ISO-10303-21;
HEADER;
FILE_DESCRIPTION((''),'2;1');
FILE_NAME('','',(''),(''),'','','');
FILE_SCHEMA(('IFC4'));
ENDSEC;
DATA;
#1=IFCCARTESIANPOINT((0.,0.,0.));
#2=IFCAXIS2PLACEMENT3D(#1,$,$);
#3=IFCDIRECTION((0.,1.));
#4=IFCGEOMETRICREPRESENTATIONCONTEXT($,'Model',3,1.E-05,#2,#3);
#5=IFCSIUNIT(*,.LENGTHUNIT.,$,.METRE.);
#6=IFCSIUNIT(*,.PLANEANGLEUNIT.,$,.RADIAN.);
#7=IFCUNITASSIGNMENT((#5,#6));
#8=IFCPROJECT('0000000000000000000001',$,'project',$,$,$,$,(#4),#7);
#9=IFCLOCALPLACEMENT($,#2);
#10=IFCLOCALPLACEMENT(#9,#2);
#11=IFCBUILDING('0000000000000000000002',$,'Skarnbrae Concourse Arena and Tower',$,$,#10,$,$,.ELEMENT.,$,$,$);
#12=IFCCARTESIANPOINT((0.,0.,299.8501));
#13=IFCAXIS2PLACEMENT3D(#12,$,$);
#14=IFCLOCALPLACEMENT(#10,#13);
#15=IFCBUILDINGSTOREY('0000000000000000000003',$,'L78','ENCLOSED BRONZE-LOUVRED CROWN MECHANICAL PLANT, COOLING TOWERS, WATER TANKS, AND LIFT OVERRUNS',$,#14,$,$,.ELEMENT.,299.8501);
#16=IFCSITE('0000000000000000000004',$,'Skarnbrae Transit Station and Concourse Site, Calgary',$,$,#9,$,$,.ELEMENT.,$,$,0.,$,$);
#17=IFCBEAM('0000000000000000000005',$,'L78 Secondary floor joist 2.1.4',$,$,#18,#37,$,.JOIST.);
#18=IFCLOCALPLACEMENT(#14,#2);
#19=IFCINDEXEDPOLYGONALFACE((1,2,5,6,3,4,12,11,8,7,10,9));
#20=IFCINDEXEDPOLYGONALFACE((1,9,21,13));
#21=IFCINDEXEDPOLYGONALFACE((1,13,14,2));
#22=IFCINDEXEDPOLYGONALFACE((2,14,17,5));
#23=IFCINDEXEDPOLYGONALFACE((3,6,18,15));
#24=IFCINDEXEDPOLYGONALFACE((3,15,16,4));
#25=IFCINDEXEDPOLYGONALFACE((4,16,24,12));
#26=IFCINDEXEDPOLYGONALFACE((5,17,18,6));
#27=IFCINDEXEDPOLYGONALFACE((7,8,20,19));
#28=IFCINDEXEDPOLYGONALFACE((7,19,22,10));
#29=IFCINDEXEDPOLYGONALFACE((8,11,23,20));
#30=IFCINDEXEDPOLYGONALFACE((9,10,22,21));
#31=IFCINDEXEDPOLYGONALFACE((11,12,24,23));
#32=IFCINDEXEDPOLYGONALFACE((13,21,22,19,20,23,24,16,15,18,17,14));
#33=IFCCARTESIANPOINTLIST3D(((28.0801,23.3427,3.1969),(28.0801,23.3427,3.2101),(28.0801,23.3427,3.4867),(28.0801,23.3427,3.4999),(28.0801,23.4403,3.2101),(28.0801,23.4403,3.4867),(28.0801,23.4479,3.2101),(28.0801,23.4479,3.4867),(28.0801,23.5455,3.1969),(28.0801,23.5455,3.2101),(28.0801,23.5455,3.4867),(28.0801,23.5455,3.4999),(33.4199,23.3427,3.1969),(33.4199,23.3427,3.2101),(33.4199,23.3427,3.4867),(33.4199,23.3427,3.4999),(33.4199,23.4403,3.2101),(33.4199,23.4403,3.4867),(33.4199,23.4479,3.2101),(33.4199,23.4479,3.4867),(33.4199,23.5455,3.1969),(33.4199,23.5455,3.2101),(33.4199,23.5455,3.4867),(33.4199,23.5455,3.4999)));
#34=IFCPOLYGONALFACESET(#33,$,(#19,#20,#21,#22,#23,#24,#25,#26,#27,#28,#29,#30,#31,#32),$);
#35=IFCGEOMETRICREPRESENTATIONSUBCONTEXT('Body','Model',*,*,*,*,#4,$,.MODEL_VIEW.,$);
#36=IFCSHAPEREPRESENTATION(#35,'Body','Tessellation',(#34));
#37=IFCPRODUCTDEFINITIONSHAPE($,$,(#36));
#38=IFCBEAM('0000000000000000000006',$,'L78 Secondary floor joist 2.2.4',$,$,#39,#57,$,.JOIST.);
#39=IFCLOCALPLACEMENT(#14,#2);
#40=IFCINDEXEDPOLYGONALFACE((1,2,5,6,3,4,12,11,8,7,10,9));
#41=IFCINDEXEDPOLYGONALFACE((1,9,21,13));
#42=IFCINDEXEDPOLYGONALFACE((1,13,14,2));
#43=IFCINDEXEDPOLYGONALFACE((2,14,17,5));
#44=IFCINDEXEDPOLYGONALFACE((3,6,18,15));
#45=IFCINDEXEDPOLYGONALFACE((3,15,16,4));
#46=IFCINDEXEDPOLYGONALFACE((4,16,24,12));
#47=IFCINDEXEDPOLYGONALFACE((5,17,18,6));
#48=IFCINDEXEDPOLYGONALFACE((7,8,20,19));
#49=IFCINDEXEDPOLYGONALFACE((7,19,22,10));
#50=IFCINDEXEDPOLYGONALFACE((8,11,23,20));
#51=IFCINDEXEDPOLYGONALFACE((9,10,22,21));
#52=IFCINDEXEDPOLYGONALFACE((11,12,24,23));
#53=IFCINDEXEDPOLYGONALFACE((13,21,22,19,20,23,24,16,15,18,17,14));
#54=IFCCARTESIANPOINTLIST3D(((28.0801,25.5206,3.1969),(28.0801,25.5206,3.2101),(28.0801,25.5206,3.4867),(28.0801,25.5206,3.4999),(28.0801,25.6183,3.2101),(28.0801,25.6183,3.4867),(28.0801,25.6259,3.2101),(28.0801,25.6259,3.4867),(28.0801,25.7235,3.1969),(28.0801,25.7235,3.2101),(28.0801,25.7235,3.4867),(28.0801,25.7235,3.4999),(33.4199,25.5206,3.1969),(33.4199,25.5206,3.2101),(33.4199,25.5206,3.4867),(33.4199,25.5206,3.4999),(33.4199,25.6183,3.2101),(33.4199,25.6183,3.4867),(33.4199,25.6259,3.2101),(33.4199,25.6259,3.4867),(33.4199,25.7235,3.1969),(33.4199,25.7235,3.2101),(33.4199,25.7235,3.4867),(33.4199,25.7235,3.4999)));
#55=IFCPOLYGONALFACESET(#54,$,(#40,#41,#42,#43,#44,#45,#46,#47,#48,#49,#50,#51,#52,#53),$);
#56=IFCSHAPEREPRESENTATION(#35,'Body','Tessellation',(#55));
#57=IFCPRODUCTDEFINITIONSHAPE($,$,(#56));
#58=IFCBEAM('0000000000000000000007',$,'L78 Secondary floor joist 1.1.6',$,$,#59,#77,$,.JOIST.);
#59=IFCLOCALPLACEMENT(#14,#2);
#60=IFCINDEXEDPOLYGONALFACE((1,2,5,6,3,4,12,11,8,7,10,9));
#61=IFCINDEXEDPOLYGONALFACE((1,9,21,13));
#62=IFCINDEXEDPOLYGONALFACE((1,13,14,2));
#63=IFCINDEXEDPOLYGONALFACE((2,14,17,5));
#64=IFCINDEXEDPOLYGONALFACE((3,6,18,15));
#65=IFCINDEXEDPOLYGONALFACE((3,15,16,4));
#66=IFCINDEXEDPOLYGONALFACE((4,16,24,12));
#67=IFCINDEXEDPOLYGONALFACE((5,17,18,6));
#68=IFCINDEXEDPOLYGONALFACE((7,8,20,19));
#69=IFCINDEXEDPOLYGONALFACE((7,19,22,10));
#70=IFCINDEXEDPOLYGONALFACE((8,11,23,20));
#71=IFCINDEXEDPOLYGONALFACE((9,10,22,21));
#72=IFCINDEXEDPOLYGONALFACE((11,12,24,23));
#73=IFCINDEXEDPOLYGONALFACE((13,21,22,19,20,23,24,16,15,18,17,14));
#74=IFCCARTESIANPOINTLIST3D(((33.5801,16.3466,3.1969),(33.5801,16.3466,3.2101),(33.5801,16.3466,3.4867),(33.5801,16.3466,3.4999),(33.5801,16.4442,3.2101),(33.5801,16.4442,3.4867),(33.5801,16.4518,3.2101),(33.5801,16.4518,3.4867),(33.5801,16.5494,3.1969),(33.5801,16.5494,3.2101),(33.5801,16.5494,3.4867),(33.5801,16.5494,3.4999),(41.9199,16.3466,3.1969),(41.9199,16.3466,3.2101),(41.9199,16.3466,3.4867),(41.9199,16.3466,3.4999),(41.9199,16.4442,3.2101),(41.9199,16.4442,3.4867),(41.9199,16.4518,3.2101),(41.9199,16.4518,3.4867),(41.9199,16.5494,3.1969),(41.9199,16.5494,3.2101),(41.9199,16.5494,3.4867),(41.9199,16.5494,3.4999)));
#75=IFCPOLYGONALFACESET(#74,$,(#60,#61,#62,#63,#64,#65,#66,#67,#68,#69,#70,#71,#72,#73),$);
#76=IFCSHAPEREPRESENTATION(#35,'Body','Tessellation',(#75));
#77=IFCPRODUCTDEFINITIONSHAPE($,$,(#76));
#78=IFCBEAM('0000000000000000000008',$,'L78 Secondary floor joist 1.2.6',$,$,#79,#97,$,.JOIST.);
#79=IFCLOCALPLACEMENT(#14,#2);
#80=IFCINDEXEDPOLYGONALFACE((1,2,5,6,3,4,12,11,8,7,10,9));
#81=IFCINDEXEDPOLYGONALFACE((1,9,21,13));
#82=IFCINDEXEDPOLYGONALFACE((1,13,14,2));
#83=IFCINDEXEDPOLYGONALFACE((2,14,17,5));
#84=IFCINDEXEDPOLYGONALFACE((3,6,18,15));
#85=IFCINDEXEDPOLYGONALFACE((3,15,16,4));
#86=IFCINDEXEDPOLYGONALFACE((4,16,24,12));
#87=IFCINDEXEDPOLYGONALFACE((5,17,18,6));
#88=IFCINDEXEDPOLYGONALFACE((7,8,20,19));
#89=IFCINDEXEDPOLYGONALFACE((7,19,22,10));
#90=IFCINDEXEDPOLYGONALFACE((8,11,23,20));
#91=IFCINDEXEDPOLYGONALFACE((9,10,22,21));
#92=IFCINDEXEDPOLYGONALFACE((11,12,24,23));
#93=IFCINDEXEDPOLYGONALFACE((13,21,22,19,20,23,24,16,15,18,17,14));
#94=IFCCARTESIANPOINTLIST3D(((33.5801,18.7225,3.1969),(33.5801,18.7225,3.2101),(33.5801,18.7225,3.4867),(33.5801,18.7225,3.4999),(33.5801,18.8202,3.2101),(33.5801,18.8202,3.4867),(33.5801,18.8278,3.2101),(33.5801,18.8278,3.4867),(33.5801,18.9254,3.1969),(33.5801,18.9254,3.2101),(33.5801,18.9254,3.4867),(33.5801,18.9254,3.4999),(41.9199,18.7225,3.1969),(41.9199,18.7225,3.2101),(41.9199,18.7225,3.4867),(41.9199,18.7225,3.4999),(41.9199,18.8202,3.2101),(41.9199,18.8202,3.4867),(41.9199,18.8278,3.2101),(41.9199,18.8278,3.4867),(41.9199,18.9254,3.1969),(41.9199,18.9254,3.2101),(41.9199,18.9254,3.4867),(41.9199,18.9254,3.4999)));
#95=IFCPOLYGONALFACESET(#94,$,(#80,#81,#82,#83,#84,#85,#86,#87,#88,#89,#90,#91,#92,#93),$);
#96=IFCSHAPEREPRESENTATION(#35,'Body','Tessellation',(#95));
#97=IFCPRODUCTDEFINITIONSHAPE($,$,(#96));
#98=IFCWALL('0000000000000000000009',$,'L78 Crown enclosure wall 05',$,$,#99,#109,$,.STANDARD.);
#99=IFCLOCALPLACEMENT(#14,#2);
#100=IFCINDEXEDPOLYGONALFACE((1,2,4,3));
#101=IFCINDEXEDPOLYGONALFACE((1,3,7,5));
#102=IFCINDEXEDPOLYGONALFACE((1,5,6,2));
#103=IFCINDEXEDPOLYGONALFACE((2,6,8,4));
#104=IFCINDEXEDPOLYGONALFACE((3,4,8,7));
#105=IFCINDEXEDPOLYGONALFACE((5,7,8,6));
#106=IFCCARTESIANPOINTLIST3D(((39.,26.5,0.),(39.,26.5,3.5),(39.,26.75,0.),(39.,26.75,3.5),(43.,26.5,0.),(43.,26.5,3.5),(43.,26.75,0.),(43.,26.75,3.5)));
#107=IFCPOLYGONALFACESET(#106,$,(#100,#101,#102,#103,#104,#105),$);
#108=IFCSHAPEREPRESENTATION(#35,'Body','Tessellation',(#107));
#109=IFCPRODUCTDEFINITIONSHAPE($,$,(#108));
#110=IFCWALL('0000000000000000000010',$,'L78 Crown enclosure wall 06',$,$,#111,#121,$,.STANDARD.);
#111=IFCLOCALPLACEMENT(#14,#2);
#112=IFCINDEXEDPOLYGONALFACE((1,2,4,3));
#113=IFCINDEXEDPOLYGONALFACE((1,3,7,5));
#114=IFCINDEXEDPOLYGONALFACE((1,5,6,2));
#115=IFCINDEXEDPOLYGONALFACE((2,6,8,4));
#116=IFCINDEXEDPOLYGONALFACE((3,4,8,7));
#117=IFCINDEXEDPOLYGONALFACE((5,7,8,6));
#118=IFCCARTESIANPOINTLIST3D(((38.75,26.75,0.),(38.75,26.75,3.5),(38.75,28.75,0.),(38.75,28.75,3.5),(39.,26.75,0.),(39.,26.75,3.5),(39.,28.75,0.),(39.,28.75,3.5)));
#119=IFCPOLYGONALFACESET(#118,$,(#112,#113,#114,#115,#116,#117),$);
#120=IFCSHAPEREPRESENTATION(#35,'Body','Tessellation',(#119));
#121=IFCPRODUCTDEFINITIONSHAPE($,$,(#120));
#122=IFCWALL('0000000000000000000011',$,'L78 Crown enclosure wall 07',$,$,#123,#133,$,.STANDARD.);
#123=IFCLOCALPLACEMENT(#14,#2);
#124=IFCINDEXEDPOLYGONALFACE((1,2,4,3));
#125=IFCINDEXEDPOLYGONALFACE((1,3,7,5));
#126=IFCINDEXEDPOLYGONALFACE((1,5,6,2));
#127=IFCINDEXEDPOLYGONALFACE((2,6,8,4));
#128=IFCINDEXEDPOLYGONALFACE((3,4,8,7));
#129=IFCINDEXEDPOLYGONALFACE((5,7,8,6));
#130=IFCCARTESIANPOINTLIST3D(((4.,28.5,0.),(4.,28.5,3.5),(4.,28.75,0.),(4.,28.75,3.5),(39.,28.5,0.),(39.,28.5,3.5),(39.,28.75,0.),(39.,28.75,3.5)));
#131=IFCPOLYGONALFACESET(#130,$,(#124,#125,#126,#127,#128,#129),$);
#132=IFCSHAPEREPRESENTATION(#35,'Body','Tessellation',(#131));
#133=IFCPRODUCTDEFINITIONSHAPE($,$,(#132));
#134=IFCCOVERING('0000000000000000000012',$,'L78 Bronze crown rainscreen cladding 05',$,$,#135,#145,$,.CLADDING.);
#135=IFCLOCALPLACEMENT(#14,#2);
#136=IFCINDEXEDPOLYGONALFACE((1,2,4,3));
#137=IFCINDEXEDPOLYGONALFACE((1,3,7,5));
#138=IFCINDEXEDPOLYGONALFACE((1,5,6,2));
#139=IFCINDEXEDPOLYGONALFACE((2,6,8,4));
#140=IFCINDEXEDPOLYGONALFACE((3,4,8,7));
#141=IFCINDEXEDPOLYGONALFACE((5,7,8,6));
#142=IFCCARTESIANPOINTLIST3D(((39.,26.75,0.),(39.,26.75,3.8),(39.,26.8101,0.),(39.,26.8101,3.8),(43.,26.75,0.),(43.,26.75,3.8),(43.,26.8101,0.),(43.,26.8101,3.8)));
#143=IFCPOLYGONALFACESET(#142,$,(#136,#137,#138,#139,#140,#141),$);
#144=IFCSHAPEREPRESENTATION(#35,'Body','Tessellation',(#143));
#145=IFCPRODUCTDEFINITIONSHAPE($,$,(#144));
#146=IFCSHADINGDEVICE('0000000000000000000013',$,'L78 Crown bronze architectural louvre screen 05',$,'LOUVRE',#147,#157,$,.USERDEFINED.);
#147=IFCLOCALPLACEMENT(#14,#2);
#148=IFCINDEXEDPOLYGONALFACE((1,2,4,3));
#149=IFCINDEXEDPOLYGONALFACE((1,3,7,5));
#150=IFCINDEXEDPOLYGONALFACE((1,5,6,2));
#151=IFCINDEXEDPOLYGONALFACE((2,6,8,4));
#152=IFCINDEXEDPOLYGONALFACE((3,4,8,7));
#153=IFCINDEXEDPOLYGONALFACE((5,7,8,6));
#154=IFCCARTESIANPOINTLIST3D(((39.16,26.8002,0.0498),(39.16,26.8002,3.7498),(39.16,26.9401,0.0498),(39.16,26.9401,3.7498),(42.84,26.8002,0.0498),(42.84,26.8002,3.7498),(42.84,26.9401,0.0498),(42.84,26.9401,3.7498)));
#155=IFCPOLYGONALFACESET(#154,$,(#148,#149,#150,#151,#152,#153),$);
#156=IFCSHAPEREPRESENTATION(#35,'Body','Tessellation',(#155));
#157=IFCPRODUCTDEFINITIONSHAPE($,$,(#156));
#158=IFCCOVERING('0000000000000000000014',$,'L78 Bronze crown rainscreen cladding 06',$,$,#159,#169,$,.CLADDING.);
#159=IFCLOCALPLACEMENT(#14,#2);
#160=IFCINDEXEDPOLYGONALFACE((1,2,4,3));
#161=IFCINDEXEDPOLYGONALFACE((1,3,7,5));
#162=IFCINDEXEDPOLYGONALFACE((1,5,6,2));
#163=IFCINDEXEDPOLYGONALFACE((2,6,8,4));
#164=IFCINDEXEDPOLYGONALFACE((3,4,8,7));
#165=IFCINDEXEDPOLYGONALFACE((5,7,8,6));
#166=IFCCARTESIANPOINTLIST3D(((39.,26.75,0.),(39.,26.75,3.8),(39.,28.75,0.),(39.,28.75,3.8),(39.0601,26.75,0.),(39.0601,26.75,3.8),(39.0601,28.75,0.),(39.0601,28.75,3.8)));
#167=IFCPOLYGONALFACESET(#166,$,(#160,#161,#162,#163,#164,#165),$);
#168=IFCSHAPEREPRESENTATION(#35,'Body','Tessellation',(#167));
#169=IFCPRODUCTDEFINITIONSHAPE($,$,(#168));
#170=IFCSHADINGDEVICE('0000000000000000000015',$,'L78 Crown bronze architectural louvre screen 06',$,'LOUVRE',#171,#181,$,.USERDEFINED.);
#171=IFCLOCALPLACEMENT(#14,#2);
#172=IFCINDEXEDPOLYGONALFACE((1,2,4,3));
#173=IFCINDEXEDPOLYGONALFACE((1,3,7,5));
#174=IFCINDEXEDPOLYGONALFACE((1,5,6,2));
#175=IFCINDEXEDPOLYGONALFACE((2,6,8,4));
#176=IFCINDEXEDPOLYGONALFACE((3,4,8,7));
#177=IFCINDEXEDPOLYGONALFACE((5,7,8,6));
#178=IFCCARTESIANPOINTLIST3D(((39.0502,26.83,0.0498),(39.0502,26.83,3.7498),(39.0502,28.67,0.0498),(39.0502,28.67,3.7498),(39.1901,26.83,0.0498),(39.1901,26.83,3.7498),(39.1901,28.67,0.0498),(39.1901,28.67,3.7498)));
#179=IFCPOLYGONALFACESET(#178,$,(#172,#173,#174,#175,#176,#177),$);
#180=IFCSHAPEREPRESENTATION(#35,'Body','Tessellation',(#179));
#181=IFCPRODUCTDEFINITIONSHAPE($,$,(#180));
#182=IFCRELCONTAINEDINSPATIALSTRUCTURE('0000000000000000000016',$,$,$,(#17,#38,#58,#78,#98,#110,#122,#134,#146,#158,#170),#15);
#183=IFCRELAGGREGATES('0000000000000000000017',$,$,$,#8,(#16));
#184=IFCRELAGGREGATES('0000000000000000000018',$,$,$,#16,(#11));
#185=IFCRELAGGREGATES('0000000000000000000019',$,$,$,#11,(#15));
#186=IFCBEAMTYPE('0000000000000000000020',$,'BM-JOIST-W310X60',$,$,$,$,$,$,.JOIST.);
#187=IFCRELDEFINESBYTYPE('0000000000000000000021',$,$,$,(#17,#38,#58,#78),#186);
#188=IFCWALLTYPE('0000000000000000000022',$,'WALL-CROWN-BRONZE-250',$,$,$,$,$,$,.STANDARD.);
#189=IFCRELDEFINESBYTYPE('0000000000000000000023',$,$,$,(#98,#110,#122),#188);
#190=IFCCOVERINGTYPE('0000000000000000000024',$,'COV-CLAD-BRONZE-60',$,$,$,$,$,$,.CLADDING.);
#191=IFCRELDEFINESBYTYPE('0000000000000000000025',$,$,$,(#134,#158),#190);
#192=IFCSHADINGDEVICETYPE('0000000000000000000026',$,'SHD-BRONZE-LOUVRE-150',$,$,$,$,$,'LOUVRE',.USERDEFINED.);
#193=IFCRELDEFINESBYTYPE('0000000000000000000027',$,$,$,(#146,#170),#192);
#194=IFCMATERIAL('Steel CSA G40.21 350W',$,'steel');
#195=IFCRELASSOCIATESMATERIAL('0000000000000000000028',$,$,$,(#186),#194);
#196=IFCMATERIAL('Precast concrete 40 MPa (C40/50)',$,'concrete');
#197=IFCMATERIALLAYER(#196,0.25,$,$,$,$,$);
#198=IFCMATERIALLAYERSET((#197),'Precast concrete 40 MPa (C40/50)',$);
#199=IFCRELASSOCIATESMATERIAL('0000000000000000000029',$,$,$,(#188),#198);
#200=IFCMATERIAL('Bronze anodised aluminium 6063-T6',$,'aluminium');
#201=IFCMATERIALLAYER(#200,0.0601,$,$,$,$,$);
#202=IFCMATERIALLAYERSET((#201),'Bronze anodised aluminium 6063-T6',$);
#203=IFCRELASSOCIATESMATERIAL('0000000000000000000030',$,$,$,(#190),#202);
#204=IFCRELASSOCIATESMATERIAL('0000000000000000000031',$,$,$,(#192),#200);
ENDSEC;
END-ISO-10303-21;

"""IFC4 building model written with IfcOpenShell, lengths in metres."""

from ifc_helpers import new_model, si_unit, direction, frame, frame_2d, origin, origin_2d, place, context, subcontext, project, spatial, rectangle, i_section, extrude, source, transform, mapped, material, layer, layer_set, material_profile, profile_set, type_object, element, save


model = new_model("IFC4")

# Units and contexts
model_context = context("Model", 3, precision=1e-05, world=origin(), true_north=direction((0.0, 1.0)))
body_context = subcontext(model_context, "Body", "Model", "MODEL_VIEW")
ifc_project = project(units=[si_unit("LENGTHUNIT", "METRE"), si_unit("PLANEANGLEUNIT", "RADIAN")], contexts=[model_context])

# Site, building, storey
site_placement = place(None, origin())
site = spatial("IfcSite", under=ifc_project, at=site_placement, Name="Skarnbrae Transit Station and Concourse Site, Calgary", CompositionType="ELEMENT", RefElevation=0.0)
building_placement = place(site_placement, origin())
building = spatial("IfcBuilding", under=site, at=building_placement, Name="Skarnbrae Concourse Arena and Tower", CompositionType="ELEMENT")
storey_placement = place(building_placement, frame((0.0, 0.0, 299.8501)))
storey = spatial("IfcBuildingStorey", under=building, at=storey_placement, Name="L78", Description="ENCLOSED BRONZE-LOUVRED CROWN MECHANICAL PLANT, COOLING TOWERS, WATER TANKS, AND LIFT OVERRUNS", CompositionType="ELEMENT", Elevation=299.8501)

# Shared definitions
ifc_material_1 = material(Name="Steel CSA G40.21 350W", Category="steel")

# Beams
ifc_material_profile_1 = material_profile(ifc_material_1, i_section(OverallWidth=0.2029, OverallDepth=0.303, WebThickness=0.0076, FlangeThickness=0.0132, at=origin_2d()), Name="W310X60")
ifc_profile_set_1 = profile_set([ifc_material_profile_1], Name="Steel CSA G40.21 350W")
beam_type_1 = type_object("IfcBeamType", Name="BM-JOIST-W310X60", PredefinedType="JOIST", material=ifc_profile_set_1)
shared_shape_1 = source(origin(), body_context, "Body", "SweptSolid", [
    extrude(i_section(OverallWidth=0.2029, OverallDepth=0.303, WebThickness=0.0076, FlangeThickness=0.0132, at=origin_2d()), origin(), (0.0, 0.0, 1.0), 5.3398),
])
for number, where, z_axis, x_axis, name in (
    (1, (28.0801, 23.4441, 3.3484), (1.0, 0.0, 0.0), (0.0, 1.0, 0.0), "L78 Secondary floor joist 2.1.4"),
    (2, (28.0801, 25.6221, 3.3484), (1.0, 0.0, 0.0), (0.0, 1.0, 0.0), "L78 Secondary floor joist 2.2.4"),
):
    element("IfcBeam", number, at=place(storey_placement, frame(where, z_axis=z_axis, x_axis=x_axis)), inside=storey, type_object=beam_type_1, Name=name, PredefinedType="JOIST", context=body_context, shape_type="MappedRepresentation", body=[
        mapped(shared_shape_1, transform((0.0, 0.0, 0.0))),
    ])
shared_shape_2 = source(origin(), body_context, "Body", "SweptSolid", [
    extrude(i_section(OverallWidth=0.2029, OverallDepth=0.303, WebThickness=0.0076, FlangeThickness=0.0132, at=origin_2d()), origin(), (0.0, 0.0, 1.0), 8.3398),
])
for number, where, z_axis, x_axis, name in (
    (3, (33.5801, 16.448, 3.3484), (1.0, 0.0, 0.0), (0.0, 1.0, 0.0), "L78 Secondary floor joist 1.1.6"),
    (4, (33.5801, 18.824, 3.3484), (1.0, 0.0, 0.0), (0.0, 1.0, 0.0), "L78 Secondary floor joist 1.2.6"),
):
    element("IfcBeam", number, at=place(storey_placement, frame(where, z_axis=z_axis, x_axis=x_axis)), inside=storey, type_object=beam_type_1, Name=name, PredefinedType="JOIST", context=body_context, shape_type="MappedRepresentation", body=[
        mapped(shared_shape_2, transform((0.0, 0.0, 0.0))),
    ])

# Walls
ifc_material_2 = material(Name="Precast concrete 40 MPa (C40/50)", Category="concrete")
ifc_layer_1 = layer(ifc_material_2, 0.25)
ifc_layer_set_1 = layer_set([ifc_layer_1], Name="Precast concrete 40 MPa (C40/50)")
wall_type = type_object("IfcWallType", Name="WALL-CROWN-BRONZE-250", PredefinedType="STANDARD", material=ifc_layer_set_1)
shared_shape_3 = source(origin(), body_context, "Body", "SweptSolid", [
    extrude(rectangle(XDim=4.0, YDim=0.25, at=frame_2d((2.0, 0.0))), origin(), (0.0, 0.0, 1.0), 3.5),
])
wall_1_placement = place(storey_placement, frame((43.0, 26.625, 0.0), z_axis=(0.0, 0.0, 1.0), x_axis=(-1.0, 0.0, 0.0)))
element("IfcWall", 5, at=wall_1_placement, inside=storey, type_object=wall_type, Name="L78 Crown enclosure wall 05", PredefinedType="STANDARD", context=body_context, shape_type="MappedRepresentation", body=[
    mapped(shared_shape_3, transform((0.0, 0.0, 0.0))),
])
shared_shape_4 = source(origin(), body_context, "Body", "SweptSolid", [
    extrude(rectangle(XDim=2.0, YDim=0.25, at=frame_2d((1.0, 0.0))), origin(), (0.0, 0.0, 1.0), 3.5),
])
wall_2_placement = place(storey_placement, frame((38.875, 26.75, 0.0), z_axis=(0.0, 0.0, 1.0), x_axis=(0.0, 1.0, 0.0)))
element("IfcWall", 6, at=wall_2_placement, inside=storey, type_object=wall_type, Name="L78 Crown enclosure wall 06", PredefinedType="STANDARD", context=body_context, shape_type="MappedRepresentation", body=[
    mapped(shared_shape_4, transform((0.0, 0.0, 0.0))),
])
shared_shape_5 = source(origin(), body_context, "Body", "SweptSolid", [
    extrude(rectangle(XDim=35.0, YDim=0.25, at=frame_2d((17.5, 0.0))), origin(), (0.0, 0.0, 1.0), 3.5),
])
wall_3_placement = place(storey_placement, frame((39.0, 28.625, 0.0), z_axis=(0.0, 0.0, 1.0), x_axis=(-1.0, 0.0, 0.0)))
element("IfcWall", 7, at=wall_3_placement, inside=storey, type_object=wall_type, Name="L78 Crown enclosure wall 07", PredefinedType="STANDARD", context=body_context, shape_type="MappedRepresentation", body=[
    mapped(shared_shape_5, transform((0.0, 0.0, 0.0))),
])

# Covering
ifc_material_3 = material(Name="Bronze anodised aluminium 6063-T6", Category="aluminium")
ifc_layer_2 = layer(ifc_material_3, 0.0601)
ifc_layer_set_2 = layer_set([ifc_layer_2], Name="Bronze anodised aluminium 6063-T6")
covering_type = type_object("IfcCoveringType", Name="COV-CLAD-BRONZE-60", PredefinedType="CLADDING", material=ifc_layer_set_2)
shared_shape_6 = source(origin(), body_context, "Body", "SweptSolid", [
    extrude(rectangle(XDim=4.0, YDim=0.0601, at=origin_2d()), origin(), (0.0, 0.0, 1.0), 3.8),
])
covering_1_placement = place(storey_placement, frame((41.0, 26.78, 0.0), z_axis=(0.0, 0.0, 1.0), x_axis=(-1.0, 0.0, 0.0)))
element("IfcCovering", 8, at=covering_1_placement, inside=storey, type_object=covering_type, Name="L78 Bronze crown rainscreen cladding 05", PredefinedType="CLADDING", context=body_context, shape_type="MappedRepresentation", body=[
    mapped(shared_shape_6, transform((0.0, 0.0, 0.0))),
])

# Shading device
shading_device_type = type_object("IfcShadingDeviceType", Name="SHD-BRONZE-LOUVRE-150", ElementType="LOUVRE", PredefinedType="USERDEFINED", material=ifc_material_3)
shared_shape_7 = source(origin(), body_context, "Body", "SweptSolid", [
    extrude(rectangle(XDim=3.6799, YDim=0.1399, at=origin_2d()), origin(), (0.0, 0.0, 1.0), 3.7),
])
shading_device_1_placement = place(storey_placement, frame((41.0, 26.8701, 0.0498), z_axis=(0.0, 0.0, 1.0), x_axis=(-1.0, 0.0, 0.0)))
element("IfcShadingDevice", 9, at=shading_device_1_placement, inside=storey, type_object=shading_device_type, Name="L78 Crown bronze architectural louvre screen 05", ObjectType="LOUVRE", PredefinedType="USERDEFINED", context=body_context, shape_type="MappedRepresentation", body=[
    mapped(shared_shape_7, transform((0.0, 0.0, 0.0))),
])

# Covering
shared_shape_8 = source(origin(), body_context, "Body", "SweptSolid", [
    extrude(rectangle(XDim=2.0, YDim=0.0601, at=origin_2d()), origin(), (0.0, 0.0, 1.0), 3.8),
])
covering_2_placement = place(storey_placement, frame((39.03, 27.75, 0.0), z_axis=(0.0, 0.0, 1.0), x_axis=(0.0, 1.0, 0.0)))
element("IfcCovering", 10, at=covering_2_placement, inside=storey, type_object=covering_type, Name="L78 Bronze crown rainscreen cladding 06", PredefinedType="CLADDING", context=body_context, shape_type="MappedRepresentation", body=[
    mapped(shared_shape_8, transform((0.0, 0.0, 0.0))),
])

# Shading device
shared_shape_9 = source(origin(), body_context, "Body", "SweptSolid", [
    extrude(rectangle(XDim=1.8401, YDim=0.1399, at=origin_2d()), origin(), (0.0, 0.0, 1.0), 3.7),
])
shading_device_2_placement = place(storey_placement, frame((39.1201, 27.75, 0.0498), z_axis=(0.0, 0.0, 1.0), x_axis=(0.0, 1.0, 0.0)))
element("IfcShadingDevice", 11, at=shading_device_2_placement, inside=storey, type_object=shading_device_type, Name="L78 Crown bronze architectural louvre screen 06", ObjectType="LOUVRE", PredefinedType="USERDEFINED", context=body_context, shape_type="MappedRepresentation", body=[
    mapped(shared_shape_9, transform((0.0, 0.0, 0.0))),
])

save(model, "model.ifc")
